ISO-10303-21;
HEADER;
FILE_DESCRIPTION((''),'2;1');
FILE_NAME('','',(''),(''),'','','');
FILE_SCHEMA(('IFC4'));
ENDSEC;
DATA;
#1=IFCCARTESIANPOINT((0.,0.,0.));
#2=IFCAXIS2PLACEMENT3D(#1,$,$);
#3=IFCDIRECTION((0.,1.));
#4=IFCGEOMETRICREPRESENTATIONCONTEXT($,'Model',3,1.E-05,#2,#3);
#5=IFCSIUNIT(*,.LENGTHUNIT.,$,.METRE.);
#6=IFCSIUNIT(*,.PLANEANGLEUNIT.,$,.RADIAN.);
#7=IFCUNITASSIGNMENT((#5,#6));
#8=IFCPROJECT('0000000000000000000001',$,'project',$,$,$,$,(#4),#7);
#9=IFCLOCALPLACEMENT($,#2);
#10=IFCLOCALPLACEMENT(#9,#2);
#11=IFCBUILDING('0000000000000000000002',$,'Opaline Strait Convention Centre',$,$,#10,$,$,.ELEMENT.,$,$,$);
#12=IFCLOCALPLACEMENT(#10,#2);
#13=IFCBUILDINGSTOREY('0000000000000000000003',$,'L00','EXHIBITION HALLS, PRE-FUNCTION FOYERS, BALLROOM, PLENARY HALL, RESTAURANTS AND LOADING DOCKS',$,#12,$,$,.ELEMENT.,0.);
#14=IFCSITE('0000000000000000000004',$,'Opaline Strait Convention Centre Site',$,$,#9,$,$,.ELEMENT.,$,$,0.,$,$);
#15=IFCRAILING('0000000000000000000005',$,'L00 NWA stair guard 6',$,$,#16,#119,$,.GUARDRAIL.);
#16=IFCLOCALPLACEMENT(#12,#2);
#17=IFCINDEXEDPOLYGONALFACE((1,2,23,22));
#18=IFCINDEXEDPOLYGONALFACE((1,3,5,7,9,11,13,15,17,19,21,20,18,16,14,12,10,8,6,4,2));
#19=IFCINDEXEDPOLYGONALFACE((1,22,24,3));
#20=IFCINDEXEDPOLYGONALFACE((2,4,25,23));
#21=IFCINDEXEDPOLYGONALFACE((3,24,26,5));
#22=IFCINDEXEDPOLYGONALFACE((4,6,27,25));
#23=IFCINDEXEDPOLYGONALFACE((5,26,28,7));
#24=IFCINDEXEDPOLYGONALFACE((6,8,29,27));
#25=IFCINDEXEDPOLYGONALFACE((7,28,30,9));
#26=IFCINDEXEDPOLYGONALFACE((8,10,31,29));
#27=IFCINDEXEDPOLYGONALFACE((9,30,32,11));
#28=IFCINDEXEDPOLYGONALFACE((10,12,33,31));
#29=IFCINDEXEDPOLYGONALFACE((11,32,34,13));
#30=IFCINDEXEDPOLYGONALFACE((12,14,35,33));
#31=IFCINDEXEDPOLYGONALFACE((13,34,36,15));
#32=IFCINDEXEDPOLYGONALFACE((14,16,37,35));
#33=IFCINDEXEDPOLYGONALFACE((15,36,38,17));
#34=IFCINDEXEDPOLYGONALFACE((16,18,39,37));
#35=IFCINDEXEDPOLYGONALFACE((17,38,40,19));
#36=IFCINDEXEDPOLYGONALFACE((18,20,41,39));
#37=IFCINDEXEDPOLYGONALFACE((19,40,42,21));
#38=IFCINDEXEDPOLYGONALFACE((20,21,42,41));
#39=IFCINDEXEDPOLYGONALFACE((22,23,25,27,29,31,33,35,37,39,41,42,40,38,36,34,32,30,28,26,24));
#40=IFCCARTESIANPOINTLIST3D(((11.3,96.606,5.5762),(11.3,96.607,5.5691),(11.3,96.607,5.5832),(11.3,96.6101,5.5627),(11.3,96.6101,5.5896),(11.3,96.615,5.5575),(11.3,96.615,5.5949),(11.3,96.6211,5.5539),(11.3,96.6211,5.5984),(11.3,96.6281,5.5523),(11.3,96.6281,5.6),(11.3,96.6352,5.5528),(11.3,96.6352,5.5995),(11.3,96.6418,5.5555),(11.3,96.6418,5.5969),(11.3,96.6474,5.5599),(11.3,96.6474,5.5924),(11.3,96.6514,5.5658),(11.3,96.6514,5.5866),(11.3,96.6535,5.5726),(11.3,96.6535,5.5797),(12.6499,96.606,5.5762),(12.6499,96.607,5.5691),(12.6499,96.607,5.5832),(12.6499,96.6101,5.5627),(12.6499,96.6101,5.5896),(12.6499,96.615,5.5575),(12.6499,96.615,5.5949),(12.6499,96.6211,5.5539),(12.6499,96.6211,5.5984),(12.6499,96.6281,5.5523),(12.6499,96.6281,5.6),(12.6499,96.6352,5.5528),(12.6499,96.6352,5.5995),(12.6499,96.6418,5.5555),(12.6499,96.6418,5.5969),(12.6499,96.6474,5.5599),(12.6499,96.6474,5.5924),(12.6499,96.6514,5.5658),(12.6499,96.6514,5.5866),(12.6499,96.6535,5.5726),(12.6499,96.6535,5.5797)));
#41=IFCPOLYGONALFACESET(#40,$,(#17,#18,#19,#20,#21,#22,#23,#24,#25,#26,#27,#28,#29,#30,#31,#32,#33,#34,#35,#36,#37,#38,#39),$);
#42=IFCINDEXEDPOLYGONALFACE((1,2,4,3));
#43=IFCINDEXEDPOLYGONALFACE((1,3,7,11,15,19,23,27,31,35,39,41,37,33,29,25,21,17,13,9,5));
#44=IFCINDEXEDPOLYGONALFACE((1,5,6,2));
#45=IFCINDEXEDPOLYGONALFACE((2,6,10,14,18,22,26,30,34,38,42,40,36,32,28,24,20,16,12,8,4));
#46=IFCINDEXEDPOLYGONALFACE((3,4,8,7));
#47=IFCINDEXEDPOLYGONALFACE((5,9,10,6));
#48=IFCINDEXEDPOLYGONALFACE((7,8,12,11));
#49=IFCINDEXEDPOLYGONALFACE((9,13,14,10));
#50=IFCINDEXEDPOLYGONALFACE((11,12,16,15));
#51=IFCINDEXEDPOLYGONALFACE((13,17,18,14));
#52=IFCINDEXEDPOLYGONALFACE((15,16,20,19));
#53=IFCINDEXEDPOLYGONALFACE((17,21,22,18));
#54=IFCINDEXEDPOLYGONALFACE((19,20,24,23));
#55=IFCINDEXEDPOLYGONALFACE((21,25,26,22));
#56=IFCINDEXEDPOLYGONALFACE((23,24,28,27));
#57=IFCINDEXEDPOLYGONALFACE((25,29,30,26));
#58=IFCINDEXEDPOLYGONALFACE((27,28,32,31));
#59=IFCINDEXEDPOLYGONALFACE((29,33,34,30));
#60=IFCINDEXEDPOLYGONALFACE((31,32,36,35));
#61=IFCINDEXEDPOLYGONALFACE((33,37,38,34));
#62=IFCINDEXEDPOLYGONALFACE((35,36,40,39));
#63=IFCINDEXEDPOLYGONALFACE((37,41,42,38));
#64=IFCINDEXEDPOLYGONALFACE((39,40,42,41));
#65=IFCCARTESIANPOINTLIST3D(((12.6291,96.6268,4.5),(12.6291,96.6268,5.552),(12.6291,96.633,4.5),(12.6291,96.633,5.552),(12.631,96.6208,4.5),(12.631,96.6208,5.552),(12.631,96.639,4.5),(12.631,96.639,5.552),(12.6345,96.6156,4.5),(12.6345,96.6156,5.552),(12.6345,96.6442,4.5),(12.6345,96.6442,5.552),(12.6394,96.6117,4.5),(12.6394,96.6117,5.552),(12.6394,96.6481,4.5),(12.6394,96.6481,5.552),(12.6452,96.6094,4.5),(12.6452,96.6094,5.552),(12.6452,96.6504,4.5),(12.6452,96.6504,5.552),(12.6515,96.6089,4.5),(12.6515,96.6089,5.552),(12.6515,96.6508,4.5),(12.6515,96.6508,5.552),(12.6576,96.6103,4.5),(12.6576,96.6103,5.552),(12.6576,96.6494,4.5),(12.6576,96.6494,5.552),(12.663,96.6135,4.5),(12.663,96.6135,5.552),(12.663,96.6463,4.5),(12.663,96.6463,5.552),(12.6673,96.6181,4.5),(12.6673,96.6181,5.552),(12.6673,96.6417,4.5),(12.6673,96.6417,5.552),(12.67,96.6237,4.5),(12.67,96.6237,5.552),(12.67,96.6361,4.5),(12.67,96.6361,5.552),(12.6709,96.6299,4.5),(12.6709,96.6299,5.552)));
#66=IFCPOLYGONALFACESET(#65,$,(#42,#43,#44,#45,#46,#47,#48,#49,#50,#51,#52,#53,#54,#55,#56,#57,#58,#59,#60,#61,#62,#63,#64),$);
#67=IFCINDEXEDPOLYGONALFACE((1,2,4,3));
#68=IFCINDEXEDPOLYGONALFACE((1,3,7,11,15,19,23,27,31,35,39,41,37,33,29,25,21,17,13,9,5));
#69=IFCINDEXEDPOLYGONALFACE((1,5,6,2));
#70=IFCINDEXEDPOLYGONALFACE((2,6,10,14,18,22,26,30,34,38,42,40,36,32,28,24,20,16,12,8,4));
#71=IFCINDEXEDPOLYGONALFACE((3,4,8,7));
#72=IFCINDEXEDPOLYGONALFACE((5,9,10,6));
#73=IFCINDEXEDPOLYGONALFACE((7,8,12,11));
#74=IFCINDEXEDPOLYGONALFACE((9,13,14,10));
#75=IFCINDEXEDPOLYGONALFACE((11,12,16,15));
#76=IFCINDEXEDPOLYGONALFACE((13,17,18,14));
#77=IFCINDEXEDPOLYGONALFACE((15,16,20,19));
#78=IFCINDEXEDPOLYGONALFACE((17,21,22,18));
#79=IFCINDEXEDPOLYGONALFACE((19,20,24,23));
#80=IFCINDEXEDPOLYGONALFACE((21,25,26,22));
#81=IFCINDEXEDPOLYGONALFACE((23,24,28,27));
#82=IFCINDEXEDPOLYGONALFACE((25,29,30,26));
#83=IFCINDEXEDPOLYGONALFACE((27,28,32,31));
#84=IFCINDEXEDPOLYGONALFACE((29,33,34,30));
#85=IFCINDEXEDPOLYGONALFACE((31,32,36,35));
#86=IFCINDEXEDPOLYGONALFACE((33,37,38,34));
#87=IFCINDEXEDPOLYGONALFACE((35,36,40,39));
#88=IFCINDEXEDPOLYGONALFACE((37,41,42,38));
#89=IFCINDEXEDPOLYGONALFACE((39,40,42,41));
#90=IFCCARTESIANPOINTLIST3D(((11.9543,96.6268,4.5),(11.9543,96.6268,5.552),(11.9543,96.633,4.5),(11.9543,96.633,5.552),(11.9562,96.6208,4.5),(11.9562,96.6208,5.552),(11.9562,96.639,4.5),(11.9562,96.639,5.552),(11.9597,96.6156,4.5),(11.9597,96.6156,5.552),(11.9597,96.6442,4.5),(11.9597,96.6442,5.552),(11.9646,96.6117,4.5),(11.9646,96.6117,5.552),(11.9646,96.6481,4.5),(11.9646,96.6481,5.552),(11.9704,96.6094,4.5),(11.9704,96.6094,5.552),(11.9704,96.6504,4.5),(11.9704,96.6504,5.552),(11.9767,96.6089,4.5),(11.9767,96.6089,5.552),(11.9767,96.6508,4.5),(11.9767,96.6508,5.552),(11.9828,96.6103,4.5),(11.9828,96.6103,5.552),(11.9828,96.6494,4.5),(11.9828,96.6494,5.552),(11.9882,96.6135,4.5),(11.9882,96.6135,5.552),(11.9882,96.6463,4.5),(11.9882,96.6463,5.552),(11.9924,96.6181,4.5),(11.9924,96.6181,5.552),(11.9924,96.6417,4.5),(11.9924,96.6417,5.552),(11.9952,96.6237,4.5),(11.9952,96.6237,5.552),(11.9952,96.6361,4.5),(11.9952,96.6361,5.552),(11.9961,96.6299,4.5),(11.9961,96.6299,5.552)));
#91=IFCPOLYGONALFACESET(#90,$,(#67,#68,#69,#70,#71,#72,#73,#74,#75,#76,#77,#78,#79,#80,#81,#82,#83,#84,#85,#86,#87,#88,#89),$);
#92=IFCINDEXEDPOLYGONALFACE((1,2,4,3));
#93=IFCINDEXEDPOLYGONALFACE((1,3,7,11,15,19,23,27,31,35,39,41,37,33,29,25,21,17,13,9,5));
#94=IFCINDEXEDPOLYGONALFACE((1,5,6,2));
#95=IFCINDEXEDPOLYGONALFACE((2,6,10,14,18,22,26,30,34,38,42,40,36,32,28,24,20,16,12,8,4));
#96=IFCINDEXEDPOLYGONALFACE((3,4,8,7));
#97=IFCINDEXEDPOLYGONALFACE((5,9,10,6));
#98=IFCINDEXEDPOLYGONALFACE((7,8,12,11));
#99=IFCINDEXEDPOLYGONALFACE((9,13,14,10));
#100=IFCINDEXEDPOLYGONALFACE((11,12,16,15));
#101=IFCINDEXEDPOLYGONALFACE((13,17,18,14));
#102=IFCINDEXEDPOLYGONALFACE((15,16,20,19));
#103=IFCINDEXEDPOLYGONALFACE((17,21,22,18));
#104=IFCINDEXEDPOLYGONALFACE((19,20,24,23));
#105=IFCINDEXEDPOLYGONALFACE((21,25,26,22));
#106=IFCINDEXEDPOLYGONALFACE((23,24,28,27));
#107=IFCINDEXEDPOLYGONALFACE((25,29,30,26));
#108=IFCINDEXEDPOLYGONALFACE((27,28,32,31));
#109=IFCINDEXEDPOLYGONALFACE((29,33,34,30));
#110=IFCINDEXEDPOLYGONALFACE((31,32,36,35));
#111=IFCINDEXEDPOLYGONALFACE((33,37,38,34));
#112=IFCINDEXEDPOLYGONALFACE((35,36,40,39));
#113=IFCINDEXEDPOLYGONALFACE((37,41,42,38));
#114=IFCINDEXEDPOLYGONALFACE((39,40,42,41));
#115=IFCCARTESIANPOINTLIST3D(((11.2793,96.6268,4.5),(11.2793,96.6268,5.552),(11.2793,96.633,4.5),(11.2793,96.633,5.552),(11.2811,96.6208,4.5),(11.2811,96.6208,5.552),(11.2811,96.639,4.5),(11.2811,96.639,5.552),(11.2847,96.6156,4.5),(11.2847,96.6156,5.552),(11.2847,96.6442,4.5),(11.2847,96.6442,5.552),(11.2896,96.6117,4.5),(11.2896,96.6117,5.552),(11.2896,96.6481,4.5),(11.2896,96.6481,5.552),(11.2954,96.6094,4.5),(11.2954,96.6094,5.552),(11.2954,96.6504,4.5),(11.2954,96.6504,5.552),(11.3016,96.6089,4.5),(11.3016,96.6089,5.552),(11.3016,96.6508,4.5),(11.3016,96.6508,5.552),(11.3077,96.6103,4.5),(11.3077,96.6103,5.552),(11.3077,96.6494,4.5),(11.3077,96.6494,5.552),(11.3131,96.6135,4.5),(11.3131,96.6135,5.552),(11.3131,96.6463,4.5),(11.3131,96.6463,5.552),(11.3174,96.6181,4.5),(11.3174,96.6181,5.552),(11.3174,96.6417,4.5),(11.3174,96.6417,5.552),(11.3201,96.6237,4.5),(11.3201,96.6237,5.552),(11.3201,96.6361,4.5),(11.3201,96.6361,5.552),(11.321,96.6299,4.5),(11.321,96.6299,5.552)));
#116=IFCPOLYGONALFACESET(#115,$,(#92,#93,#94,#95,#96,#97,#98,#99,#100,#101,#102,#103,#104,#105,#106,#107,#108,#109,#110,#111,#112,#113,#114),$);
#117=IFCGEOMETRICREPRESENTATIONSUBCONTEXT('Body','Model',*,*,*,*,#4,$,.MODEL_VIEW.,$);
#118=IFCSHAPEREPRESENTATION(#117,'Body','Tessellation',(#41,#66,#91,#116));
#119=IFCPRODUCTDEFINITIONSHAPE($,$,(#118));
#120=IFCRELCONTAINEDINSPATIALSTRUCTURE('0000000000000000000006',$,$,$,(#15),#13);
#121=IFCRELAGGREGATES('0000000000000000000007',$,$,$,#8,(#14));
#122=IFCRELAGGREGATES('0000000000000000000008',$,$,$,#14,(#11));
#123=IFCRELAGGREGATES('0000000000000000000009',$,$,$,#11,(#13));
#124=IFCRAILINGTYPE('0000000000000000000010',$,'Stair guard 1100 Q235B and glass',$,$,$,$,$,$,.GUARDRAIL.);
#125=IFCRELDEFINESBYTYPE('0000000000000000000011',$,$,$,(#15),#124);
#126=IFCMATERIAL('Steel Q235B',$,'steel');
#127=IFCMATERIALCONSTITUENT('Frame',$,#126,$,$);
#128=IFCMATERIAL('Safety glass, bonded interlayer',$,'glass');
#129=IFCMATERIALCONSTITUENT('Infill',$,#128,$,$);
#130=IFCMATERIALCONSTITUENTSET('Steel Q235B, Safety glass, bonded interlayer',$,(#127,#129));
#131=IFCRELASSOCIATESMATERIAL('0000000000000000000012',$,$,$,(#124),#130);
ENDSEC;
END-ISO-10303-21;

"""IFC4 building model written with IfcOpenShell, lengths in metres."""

from ifc_helpers import new_model, si_unit, direction, frame, origin, origin_2d, place, context, subcontext, project, spatial, circle, extrude, material, constituent, constituent_set, type_object, element, save


model = new_model("IFC4")

# Units and contexts
model_context = context("Model", 3, precision=1e-05, world=origin(), true_north=direction((0.0, 1.0)))
body_context = subcontext(model_context, "Body", "Model", "MODEL_VIEW")
ifc_project = project(units=[si_unit("LENGTHUNIT", "METRE"), si_unit("PLANEANGLEUNIT", "RADIAN")], contexts=[model_context])

# Site, building, storey
site_placement = place(None, origin())
site = spatial("IfcSite", under=ifc_project, at=site_placement, Name="Opaline Strait Convention Centre Site", CompositionType="ELEMENT", RefElevation=0.0)
building_placement = place(site_placement, origin())
building = spatial("IfcBuilding", under=site, at=building_placement, Name="Opaline Strait Convention Centre", CompositionType="ELEMENT")
storey_placement = place(building_placement, origin())
storey = spatial("IfcBuildingStorey", under=building, at=storey_placement, Name="L00", Description="EXHIBITION HALLS, PRE-FUNCTION FOYERS, BALLROOM, PLENARY HALL, RESTAURANTS AND LOADING DOCKS", CompositionType="ELEMENT", Elevation=0.0)

# Railing
ifc_material_1 = material(Name="Steel Q235B", Category="steel")
ifc_constituent_1 = constituent(ifc_material_1, Name="Frame")
ifc_material_2 = material(Name="Safety glass, bonded interlayer", Category="glass")
ifc_constituent_2 = constituent(ifc_material_2, Name="Infill")
ifc_constituent_set = constituent_set(constituents=[ifc_constituent_1, ifc_constituent_2], Name="Steel Q235B, Safety glass, bonded interlayer")
railing_type_1 = type_object("IfcRailingType", Name="Stair guard 1100 Q235B and glass", PredefinedType="GUARDRAIL", material=ifc_constituent_set)
railing_1_placement = place(storey_placement, frame((12.6499, 96.6299, 4.5)))
element("IfcRailing", 1, at=railing_1_placement, inside=storey, type_object=railing_type_1, Name="L00 NWA stair guard 6", PredefinedType="GUARDRAIL", context=body_context, shape_type="SweptSolid", body=[
    extrude(circle(Radius=0.0239, at=origin_2d()), frame((0.0, 0.0, 1.0762), z_axis=(-1.0, 0.0, 0.0), x_axis=(0.0, -1.0, 0.0)), (0.0, 0.0, 1.0), 1.3499),
    extrude(circle(Radius=0.021, at=origin_2d()), origin(), (0.0, 0.0, 1.0), 1.052),
    extrude(circle(Radius=0.021, at=origin_2d()), frame((-0.6748, 0.0, 0.0)), (0.0, 0.0, 1.0), 1.052),
    extrude(circle(Radius=0.021, at=origin_2d()), frame((-1.3499, 0.0, 0.0)), (0.0, 0.0, 1.0), 1.052),
])

save(model, "model.ifc")
